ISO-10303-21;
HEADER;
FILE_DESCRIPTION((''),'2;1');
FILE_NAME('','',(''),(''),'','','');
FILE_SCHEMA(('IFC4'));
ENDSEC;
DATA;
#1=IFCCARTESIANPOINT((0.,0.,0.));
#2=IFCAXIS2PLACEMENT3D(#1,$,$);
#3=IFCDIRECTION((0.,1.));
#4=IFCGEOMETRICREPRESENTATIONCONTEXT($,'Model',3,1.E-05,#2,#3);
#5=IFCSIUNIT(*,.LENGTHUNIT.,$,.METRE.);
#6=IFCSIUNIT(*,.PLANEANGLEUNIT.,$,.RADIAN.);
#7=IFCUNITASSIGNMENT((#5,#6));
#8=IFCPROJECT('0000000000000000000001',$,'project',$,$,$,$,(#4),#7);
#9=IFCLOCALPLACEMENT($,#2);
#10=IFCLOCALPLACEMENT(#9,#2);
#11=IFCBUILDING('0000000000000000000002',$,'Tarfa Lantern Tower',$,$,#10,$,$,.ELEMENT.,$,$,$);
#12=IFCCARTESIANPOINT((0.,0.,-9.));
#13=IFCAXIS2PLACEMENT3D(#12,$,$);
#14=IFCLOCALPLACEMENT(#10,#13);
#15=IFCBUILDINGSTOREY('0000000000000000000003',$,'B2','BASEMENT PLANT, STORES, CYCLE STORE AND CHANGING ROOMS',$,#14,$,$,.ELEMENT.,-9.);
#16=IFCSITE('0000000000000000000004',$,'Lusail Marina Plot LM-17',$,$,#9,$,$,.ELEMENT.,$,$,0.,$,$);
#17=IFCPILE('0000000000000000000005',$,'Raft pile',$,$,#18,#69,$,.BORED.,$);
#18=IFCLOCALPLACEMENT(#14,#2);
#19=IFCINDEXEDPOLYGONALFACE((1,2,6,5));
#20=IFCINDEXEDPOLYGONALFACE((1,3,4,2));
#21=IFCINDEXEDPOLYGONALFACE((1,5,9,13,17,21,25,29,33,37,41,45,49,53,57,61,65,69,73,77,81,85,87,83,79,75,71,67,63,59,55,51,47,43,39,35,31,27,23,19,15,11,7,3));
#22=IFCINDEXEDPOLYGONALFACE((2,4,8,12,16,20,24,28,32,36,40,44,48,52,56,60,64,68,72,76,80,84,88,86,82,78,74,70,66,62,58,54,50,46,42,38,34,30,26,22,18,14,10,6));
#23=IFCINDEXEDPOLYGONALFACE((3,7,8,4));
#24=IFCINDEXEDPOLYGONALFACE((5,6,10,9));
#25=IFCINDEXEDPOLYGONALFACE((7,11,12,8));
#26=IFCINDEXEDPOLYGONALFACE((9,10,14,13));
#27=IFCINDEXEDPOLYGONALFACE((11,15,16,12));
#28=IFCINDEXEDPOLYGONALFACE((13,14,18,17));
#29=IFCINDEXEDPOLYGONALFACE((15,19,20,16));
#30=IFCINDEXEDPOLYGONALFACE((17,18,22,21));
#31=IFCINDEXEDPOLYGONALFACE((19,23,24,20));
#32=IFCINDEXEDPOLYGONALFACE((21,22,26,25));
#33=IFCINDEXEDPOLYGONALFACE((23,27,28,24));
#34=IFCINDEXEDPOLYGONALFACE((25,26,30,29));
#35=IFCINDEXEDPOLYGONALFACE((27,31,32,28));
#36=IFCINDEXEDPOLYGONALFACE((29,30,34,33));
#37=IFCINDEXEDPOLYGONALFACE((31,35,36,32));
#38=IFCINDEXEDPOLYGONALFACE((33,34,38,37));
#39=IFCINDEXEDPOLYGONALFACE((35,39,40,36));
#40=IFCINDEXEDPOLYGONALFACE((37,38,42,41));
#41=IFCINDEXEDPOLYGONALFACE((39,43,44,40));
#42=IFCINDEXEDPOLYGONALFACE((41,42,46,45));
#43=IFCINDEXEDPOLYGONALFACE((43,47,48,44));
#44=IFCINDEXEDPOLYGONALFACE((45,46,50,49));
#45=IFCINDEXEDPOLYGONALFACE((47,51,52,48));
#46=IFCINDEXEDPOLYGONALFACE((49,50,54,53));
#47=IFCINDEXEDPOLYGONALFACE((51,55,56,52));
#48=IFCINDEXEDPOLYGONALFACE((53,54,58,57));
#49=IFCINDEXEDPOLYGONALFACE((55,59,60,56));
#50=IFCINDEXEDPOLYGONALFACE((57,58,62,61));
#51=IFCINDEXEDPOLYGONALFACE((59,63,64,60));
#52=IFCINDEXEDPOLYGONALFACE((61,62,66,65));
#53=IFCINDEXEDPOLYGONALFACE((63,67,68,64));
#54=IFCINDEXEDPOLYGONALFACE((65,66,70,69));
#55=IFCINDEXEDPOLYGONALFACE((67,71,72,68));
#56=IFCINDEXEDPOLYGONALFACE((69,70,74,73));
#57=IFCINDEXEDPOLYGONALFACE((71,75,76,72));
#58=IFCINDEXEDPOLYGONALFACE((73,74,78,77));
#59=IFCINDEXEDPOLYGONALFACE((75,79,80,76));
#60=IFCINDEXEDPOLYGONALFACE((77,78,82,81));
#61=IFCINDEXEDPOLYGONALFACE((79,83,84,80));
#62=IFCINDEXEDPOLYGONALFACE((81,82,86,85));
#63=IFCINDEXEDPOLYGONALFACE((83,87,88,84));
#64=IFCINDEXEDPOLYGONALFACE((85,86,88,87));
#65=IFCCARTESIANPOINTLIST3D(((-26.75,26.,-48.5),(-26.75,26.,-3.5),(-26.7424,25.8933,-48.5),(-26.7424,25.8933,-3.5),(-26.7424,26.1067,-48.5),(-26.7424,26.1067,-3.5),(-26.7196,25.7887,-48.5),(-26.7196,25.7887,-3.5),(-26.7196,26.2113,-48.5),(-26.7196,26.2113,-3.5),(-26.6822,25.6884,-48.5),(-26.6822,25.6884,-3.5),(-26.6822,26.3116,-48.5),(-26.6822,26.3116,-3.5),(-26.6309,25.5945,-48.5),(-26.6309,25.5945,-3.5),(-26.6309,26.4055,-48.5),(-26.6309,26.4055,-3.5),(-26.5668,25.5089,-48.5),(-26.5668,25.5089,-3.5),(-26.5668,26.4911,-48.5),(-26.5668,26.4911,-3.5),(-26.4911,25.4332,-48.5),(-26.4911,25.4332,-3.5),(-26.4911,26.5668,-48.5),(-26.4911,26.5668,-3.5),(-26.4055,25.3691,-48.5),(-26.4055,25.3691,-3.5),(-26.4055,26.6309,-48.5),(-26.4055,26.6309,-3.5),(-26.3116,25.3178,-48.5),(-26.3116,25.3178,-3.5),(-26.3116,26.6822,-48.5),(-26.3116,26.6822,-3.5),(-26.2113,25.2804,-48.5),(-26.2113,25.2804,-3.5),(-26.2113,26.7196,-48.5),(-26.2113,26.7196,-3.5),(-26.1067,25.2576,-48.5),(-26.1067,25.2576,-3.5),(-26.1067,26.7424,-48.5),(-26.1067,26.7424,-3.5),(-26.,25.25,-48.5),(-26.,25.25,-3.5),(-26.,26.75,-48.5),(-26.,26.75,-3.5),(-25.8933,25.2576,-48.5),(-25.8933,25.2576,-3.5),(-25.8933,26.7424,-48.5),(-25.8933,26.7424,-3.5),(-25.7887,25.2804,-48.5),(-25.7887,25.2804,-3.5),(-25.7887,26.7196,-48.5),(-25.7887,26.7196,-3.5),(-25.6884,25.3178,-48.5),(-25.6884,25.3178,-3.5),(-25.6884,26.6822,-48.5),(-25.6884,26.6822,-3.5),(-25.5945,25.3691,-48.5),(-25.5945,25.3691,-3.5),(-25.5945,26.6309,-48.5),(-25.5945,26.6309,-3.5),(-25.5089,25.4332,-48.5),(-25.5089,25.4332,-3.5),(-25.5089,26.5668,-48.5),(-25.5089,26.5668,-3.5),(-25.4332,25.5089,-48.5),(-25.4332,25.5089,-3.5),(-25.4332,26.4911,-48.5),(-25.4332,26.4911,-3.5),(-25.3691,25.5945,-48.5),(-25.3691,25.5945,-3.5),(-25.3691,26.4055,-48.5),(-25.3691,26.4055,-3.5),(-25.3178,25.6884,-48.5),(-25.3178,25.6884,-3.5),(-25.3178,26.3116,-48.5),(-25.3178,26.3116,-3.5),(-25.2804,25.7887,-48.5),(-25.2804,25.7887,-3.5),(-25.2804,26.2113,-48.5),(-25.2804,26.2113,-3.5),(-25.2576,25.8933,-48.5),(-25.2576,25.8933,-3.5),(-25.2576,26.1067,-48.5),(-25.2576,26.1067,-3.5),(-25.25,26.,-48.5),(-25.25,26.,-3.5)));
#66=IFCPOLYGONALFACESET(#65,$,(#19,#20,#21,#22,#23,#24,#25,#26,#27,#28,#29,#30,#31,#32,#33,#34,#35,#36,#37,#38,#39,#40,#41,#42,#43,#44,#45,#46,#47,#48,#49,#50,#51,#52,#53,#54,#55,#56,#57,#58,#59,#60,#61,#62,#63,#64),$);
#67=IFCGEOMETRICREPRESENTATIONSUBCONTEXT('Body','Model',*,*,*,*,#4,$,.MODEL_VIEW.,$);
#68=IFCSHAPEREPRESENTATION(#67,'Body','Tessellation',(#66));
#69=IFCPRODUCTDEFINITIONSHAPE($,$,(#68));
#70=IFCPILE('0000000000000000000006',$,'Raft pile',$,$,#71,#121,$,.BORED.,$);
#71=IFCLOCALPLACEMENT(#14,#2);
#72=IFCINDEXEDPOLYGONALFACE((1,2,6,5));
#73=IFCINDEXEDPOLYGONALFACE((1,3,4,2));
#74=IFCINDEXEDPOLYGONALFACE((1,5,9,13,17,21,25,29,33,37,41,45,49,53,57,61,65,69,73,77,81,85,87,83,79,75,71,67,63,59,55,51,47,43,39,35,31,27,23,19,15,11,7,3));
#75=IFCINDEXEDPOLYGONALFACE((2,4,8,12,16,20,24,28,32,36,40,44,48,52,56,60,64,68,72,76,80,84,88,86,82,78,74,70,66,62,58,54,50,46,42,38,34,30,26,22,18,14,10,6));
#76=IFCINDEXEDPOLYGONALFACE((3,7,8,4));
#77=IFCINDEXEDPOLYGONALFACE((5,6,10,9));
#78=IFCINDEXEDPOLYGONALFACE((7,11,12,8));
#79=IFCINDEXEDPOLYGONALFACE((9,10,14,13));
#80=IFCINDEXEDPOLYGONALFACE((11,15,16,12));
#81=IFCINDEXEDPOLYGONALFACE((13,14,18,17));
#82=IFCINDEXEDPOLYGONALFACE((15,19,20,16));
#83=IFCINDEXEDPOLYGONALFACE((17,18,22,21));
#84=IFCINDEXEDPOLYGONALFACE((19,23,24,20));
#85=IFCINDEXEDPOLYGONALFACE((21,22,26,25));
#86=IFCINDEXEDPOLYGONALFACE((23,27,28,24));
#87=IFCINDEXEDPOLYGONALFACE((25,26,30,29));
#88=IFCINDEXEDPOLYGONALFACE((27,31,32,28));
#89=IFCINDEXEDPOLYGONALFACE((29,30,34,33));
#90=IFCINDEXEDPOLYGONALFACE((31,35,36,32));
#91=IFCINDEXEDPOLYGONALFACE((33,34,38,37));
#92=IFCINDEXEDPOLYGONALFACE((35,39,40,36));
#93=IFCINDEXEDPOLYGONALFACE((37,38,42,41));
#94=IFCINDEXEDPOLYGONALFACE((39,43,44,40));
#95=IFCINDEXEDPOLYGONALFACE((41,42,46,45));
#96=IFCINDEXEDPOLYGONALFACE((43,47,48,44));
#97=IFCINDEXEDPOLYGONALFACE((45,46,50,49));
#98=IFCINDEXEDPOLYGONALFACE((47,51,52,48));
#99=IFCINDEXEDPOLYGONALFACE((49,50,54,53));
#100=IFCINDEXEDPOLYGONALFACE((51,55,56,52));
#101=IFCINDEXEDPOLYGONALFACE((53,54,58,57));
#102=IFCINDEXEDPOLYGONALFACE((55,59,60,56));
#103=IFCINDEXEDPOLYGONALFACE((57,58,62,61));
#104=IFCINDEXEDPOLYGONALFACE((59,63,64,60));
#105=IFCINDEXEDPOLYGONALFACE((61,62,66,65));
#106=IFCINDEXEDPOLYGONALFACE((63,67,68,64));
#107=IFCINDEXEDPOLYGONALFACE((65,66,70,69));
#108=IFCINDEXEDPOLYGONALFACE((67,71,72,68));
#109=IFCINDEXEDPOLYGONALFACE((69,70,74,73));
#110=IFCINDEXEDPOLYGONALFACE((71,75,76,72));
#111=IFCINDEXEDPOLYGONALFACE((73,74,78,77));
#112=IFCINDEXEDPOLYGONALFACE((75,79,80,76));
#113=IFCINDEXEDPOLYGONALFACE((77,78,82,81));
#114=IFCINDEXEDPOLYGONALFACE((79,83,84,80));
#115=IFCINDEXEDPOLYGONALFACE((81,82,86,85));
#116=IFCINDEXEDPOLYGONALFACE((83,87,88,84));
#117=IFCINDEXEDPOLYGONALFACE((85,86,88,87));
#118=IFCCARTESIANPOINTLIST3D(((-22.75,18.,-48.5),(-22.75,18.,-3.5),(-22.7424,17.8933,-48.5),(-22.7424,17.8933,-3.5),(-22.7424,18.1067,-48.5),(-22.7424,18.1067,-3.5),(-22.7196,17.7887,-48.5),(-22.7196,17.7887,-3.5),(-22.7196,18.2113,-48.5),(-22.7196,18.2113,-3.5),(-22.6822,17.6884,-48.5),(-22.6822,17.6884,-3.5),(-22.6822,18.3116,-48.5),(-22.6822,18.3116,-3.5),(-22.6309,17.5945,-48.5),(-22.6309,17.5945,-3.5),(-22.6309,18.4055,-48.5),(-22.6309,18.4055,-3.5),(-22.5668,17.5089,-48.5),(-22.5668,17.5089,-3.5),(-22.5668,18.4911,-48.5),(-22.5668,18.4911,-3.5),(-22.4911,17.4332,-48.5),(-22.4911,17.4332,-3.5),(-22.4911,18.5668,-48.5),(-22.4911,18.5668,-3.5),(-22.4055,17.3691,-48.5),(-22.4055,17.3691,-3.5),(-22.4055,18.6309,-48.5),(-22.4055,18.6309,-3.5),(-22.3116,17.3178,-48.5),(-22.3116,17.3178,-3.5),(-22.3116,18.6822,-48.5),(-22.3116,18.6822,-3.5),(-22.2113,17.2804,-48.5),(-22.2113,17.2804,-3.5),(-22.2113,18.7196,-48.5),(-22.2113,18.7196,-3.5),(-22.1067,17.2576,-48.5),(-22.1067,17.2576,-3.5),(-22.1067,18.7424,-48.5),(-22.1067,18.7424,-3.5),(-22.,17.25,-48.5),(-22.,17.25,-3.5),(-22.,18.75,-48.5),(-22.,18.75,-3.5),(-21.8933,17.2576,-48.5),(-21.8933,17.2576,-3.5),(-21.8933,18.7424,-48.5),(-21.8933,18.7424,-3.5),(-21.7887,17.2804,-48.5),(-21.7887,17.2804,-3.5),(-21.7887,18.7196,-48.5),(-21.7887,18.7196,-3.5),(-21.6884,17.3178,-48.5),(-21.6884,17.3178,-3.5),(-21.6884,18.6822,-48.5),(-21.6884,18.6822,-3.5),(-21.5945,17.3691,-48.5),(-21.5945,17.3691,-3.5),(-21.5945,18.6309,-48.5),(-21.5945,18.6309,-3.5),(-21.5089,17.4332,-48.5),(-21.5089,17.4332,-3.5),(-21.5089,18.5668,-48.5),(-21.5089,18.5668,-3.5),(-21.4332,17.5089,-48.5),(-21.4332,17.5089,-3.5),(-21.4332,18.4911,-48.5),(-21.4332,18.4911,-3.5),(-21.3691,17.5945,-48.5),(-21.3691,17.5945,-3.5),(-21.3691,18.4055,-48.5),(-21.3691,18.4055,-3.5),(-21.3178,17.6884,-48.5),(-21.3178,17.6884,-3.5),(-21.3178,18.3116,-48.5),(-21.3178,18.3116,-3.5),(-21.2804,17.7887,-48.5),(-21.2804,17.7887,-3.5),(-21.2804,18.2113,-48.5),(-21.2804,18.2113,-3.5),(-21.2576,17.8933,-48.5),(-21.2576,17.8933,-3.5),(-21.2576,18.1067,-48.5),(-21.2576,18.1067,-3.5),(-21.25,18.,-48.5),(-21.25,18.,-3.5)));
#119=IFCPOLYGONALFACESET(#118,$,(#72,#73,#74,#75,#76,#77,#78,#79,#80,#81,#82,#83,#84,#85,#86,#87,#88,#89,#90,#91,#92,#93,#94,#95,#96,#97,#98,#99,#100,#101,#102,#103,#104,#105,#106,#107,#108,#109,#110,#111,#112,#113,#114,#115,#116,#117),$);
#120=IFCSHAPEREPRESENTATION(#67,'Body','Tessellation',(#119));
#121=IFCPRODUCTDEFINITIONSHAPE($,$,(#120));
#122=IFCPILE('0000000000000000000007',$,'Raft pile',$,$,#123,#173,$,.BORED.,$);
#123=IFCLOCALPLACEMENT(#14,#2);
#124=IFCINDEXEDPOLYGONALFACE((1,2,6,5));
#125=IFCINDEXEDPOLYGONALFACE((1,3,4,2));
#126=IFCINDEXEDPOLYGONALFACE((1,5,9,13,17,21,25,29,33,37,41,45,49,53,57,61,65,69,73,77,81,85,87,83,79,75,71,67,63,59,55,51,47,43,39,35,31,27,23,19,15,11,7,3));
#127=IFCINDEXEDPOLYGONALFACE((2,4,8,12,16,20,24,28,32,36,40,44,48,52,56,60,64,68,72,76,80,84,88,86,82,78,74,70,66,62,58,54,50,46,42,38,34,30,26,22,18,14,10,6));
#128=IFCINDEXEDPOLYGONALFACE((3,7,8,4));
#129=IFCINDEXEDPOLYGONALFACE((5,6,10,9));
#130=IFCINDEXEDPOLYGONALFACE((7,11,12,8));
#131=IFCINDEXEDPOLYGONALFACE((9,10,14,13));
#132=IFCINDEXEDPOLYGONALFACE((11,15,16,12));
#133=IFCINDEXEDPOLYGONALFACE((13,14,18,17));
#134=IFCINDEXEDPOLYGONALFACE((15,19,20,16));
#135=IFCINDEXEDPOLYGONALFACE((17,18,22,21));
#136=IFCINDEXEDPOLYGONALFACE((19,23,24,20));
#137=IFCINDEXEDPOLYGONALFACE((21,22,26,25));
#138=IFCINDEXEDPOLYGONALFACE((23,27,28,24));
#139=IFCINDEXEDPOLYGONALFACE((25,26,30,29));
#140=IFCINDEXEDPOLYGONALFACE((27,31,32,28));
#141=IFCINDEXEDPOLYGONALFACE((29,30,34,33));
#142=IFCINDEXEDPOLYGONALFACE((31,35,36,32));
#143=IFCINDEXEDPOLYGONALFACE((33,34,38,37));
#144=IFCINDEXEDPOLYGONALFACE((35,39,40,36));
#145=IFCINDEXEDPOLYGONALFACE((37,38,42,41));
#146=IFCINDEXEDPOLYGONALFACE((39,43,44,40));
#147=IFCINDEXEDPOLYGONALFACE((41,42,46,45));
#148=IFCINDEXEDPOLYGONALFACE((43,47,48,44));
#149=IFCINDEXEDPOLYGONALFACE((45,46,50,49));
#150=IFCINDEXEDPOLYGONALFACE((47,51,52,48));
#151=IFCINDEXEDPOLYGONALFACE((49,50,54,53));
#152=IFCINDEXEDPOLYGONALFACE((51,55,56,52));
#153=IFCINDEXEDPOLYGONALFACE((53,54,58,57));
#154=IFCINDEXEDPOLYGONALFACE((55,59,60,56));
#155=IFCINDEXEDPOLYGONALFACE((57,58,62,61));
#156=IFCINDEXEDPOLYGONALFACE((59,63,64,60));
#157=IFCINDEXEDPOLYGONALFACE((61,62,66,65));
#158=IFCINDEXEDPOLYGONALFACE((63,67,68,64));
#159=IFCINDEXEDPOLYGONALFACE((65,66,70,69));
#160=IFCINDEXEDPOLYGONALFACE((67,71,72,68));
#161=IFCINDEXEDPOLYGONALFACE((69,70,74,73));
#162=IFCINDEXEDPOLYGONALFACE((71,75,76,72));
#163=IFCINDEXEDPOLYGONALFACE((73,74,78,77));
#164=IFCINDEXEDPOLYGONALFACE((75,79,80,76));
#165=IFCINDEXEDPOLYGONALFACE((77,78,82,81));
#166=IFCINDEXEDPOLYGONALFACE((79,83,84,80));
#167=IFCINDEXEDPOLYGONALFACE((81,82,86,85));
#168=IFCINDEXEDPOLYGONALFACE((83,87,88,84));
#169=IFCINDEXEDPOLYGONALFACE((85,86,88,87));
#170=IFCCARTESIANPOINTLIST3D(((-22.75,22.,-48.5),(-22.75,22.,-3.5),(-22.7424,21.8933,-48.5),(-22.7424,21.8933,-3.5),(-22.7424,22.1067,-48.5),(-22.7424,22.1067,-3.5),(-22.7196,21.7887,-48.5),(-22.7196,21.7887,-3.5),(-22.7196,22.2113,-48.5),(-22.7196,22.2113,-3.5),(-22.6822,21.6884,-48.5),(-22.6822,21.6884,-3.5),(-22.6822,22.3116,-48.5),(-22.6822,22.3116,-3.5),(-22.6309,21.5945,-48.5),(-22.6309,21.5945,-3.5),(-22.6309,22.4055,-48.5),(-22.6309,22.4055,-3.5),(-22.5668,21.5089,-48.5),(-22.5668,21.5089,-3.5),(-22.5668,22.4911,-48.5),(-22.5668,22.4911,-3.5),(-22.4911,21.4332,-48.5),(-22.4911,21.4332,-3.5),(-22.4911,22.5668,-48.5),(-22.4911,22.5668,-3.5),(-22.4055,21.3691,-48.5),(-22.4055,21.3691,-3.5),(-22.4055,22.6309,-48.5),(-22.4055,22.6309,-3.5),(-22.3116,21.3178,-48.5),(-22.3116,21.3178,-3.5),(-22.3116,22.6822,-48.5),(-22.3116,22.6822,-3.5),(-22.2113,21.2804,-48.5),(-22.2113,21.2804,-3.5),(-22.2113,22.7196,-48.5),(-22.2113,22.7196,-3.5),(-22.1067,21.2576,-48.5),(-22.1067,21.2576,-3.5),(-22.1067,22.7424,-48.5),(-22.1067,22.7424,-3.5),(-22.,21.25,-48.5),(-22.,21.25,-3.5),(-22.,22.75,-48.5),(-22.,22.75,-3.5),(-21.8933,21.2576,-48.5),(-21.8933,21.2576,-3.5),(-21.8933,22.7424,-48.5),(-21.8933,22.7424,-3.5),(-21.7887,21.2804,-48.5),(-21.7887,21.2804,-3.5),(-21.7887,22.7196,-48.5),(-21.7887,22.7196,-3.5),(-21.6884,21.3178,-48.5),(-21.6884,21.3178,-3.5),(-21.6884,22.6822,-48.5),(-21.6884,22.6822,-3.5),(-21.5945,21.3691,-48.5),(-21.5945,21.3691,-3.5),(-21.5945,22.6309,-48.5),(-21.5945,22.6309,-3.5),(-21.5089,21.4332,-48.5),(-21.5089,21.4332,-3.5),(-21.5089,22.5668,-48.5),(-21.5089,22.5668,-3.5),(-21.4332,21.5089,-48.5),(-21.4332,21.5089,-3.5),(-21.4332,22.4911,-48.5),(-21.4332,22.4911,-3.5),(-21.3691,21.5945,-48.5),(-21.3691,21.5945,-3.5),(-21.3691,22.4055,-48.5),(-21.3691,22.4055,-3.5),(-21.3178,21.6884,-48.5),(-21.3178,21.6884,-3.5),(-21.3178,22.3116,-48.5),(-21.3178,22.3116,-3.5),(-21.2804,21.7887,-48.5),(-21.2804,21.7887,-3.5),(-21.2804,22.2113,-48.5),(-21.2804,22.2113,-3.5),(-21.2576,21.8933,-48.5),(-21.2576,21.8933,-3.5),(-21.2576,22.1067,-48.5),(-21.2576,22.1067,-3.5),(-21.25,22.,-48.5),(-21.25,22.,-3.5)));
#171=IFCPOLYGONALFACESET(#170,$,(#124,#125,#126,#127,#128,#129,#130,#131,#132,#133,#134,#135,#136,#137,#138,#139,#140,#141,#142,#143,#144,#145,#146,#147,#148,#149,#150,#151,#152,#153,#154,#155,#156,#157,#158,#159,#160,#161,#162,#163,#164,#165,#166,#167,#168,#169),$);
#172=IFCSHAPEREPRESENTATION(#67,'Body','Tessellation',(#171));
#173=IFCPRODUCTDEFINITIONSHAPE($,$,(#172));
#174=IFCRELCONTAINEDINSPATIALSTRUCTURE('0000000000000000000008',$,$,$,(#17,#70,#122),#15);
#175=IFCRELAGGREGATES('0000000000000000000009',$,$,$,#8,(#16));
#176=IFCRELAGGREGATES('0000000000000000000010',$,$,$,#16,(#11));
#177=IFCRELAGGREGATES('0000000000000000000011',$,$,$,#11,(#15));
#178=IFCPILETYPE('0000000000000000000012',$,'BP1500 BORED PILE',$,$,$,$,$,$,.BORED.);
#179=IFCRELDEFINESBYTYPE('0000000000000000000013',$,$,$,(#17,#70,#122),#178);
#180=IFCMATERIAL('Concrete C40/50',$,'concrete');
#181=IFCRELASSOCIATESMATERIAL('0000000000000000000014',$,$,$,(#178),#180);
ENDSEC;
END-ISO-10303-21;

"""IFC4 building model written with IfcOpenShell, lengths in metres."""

from ifc_helpers import new_model, si_unit, direction, frame, origin, origin_2d, place, context, subcontext, project, spatial, circle, extrude, material, material_profile, profile_set, type_object, element, save


model = new_model("IFC4")

# Units and contexts
model_context = context("Model", 3, precision=1e-05, world=origin(), true_north=direction((0.0, 1.0)))
body_context = subcontext(model_context, "Body", "Model", "MODEL_VIEW")
ifc_project = project(units=[si_unit("LENGTHUNIT", "METRE"), si_unit("PLANEANGLEUNIT", "RADIAN")], contexts=[model_context])

# Site, building, storey
site_placement = place(None, origin())
site = spatial("IfcSite", under=ifc_project, at=site_placement, Name="Lusail Marina Plot LM-17", CompositionType="ELEMENT", RefElevation=0.0)
building_placement = place(site_placement, origin())
building = spatial("IfcBuilding", under=site, at=building_placement, Name="Tarfa Lantern Tower", CompositionType="ELEMENT")
storey_placement = place(building_placement, frame((0.0, 0.0, -9.0)))
storey = spatial("IfcBuildingStorey", under=building, at=storey_placement, Name="B2", Description="BASEMENT PLANT, STORES, CYCLE STORE AND CHANGING ROOMS", CompositionType="ELEMENT", Elevation=-9.0)

# Piles
ifc_material_1 = material(Name="Concrete C40/50", Category="concrete")
ifc_material_profile_1 = material_profile(ifc_material_1, circle(Radius=0.75, at=origin_2d()), Name="BORED PILE D1500")
ifc_profile_set_1 = profile_set([ifc_material_profile_1], Name="Concrete C40/50")
pile_type_1 = type_object("IfcPileType", Name="BP1500 BORED PILE", PredefinedType="BORED", material=ifc_profile_set_1)
for number, where, z_axis, x_axis, name in (
    (1, (-26.0, 26.0, -3.5), (0.0, 0.0, -1.0), (1.0, 0.0, 0.0), "Raft pile"),
    (2, (-22.0, 18.0, -3.5), (0.0, 0.0, -1.0), (1.0, 0.0, 0.0), "Raft pile"),
    (3, (-22.0, 22.0, -3.5), (0.0, 0.0, -1.0), (1.0, 0.0, 0.0), "Raft pile"),
):
    element("IfcPile", number, at=place(storey_placement, frame(where, z_axis=z_axis, x_axis=x_axis)), inside=storey, type_object=pile_type_1, Name=name, PredefinedType="BORED", context=body_context, shape_type="SweptSolid", body=[
        extrude(circle(Radius=0.75, at=origin_2d()), origin(), (0.0, 0.0, 1.0), 45.0),
    ])

save(model, "model.ifc")
